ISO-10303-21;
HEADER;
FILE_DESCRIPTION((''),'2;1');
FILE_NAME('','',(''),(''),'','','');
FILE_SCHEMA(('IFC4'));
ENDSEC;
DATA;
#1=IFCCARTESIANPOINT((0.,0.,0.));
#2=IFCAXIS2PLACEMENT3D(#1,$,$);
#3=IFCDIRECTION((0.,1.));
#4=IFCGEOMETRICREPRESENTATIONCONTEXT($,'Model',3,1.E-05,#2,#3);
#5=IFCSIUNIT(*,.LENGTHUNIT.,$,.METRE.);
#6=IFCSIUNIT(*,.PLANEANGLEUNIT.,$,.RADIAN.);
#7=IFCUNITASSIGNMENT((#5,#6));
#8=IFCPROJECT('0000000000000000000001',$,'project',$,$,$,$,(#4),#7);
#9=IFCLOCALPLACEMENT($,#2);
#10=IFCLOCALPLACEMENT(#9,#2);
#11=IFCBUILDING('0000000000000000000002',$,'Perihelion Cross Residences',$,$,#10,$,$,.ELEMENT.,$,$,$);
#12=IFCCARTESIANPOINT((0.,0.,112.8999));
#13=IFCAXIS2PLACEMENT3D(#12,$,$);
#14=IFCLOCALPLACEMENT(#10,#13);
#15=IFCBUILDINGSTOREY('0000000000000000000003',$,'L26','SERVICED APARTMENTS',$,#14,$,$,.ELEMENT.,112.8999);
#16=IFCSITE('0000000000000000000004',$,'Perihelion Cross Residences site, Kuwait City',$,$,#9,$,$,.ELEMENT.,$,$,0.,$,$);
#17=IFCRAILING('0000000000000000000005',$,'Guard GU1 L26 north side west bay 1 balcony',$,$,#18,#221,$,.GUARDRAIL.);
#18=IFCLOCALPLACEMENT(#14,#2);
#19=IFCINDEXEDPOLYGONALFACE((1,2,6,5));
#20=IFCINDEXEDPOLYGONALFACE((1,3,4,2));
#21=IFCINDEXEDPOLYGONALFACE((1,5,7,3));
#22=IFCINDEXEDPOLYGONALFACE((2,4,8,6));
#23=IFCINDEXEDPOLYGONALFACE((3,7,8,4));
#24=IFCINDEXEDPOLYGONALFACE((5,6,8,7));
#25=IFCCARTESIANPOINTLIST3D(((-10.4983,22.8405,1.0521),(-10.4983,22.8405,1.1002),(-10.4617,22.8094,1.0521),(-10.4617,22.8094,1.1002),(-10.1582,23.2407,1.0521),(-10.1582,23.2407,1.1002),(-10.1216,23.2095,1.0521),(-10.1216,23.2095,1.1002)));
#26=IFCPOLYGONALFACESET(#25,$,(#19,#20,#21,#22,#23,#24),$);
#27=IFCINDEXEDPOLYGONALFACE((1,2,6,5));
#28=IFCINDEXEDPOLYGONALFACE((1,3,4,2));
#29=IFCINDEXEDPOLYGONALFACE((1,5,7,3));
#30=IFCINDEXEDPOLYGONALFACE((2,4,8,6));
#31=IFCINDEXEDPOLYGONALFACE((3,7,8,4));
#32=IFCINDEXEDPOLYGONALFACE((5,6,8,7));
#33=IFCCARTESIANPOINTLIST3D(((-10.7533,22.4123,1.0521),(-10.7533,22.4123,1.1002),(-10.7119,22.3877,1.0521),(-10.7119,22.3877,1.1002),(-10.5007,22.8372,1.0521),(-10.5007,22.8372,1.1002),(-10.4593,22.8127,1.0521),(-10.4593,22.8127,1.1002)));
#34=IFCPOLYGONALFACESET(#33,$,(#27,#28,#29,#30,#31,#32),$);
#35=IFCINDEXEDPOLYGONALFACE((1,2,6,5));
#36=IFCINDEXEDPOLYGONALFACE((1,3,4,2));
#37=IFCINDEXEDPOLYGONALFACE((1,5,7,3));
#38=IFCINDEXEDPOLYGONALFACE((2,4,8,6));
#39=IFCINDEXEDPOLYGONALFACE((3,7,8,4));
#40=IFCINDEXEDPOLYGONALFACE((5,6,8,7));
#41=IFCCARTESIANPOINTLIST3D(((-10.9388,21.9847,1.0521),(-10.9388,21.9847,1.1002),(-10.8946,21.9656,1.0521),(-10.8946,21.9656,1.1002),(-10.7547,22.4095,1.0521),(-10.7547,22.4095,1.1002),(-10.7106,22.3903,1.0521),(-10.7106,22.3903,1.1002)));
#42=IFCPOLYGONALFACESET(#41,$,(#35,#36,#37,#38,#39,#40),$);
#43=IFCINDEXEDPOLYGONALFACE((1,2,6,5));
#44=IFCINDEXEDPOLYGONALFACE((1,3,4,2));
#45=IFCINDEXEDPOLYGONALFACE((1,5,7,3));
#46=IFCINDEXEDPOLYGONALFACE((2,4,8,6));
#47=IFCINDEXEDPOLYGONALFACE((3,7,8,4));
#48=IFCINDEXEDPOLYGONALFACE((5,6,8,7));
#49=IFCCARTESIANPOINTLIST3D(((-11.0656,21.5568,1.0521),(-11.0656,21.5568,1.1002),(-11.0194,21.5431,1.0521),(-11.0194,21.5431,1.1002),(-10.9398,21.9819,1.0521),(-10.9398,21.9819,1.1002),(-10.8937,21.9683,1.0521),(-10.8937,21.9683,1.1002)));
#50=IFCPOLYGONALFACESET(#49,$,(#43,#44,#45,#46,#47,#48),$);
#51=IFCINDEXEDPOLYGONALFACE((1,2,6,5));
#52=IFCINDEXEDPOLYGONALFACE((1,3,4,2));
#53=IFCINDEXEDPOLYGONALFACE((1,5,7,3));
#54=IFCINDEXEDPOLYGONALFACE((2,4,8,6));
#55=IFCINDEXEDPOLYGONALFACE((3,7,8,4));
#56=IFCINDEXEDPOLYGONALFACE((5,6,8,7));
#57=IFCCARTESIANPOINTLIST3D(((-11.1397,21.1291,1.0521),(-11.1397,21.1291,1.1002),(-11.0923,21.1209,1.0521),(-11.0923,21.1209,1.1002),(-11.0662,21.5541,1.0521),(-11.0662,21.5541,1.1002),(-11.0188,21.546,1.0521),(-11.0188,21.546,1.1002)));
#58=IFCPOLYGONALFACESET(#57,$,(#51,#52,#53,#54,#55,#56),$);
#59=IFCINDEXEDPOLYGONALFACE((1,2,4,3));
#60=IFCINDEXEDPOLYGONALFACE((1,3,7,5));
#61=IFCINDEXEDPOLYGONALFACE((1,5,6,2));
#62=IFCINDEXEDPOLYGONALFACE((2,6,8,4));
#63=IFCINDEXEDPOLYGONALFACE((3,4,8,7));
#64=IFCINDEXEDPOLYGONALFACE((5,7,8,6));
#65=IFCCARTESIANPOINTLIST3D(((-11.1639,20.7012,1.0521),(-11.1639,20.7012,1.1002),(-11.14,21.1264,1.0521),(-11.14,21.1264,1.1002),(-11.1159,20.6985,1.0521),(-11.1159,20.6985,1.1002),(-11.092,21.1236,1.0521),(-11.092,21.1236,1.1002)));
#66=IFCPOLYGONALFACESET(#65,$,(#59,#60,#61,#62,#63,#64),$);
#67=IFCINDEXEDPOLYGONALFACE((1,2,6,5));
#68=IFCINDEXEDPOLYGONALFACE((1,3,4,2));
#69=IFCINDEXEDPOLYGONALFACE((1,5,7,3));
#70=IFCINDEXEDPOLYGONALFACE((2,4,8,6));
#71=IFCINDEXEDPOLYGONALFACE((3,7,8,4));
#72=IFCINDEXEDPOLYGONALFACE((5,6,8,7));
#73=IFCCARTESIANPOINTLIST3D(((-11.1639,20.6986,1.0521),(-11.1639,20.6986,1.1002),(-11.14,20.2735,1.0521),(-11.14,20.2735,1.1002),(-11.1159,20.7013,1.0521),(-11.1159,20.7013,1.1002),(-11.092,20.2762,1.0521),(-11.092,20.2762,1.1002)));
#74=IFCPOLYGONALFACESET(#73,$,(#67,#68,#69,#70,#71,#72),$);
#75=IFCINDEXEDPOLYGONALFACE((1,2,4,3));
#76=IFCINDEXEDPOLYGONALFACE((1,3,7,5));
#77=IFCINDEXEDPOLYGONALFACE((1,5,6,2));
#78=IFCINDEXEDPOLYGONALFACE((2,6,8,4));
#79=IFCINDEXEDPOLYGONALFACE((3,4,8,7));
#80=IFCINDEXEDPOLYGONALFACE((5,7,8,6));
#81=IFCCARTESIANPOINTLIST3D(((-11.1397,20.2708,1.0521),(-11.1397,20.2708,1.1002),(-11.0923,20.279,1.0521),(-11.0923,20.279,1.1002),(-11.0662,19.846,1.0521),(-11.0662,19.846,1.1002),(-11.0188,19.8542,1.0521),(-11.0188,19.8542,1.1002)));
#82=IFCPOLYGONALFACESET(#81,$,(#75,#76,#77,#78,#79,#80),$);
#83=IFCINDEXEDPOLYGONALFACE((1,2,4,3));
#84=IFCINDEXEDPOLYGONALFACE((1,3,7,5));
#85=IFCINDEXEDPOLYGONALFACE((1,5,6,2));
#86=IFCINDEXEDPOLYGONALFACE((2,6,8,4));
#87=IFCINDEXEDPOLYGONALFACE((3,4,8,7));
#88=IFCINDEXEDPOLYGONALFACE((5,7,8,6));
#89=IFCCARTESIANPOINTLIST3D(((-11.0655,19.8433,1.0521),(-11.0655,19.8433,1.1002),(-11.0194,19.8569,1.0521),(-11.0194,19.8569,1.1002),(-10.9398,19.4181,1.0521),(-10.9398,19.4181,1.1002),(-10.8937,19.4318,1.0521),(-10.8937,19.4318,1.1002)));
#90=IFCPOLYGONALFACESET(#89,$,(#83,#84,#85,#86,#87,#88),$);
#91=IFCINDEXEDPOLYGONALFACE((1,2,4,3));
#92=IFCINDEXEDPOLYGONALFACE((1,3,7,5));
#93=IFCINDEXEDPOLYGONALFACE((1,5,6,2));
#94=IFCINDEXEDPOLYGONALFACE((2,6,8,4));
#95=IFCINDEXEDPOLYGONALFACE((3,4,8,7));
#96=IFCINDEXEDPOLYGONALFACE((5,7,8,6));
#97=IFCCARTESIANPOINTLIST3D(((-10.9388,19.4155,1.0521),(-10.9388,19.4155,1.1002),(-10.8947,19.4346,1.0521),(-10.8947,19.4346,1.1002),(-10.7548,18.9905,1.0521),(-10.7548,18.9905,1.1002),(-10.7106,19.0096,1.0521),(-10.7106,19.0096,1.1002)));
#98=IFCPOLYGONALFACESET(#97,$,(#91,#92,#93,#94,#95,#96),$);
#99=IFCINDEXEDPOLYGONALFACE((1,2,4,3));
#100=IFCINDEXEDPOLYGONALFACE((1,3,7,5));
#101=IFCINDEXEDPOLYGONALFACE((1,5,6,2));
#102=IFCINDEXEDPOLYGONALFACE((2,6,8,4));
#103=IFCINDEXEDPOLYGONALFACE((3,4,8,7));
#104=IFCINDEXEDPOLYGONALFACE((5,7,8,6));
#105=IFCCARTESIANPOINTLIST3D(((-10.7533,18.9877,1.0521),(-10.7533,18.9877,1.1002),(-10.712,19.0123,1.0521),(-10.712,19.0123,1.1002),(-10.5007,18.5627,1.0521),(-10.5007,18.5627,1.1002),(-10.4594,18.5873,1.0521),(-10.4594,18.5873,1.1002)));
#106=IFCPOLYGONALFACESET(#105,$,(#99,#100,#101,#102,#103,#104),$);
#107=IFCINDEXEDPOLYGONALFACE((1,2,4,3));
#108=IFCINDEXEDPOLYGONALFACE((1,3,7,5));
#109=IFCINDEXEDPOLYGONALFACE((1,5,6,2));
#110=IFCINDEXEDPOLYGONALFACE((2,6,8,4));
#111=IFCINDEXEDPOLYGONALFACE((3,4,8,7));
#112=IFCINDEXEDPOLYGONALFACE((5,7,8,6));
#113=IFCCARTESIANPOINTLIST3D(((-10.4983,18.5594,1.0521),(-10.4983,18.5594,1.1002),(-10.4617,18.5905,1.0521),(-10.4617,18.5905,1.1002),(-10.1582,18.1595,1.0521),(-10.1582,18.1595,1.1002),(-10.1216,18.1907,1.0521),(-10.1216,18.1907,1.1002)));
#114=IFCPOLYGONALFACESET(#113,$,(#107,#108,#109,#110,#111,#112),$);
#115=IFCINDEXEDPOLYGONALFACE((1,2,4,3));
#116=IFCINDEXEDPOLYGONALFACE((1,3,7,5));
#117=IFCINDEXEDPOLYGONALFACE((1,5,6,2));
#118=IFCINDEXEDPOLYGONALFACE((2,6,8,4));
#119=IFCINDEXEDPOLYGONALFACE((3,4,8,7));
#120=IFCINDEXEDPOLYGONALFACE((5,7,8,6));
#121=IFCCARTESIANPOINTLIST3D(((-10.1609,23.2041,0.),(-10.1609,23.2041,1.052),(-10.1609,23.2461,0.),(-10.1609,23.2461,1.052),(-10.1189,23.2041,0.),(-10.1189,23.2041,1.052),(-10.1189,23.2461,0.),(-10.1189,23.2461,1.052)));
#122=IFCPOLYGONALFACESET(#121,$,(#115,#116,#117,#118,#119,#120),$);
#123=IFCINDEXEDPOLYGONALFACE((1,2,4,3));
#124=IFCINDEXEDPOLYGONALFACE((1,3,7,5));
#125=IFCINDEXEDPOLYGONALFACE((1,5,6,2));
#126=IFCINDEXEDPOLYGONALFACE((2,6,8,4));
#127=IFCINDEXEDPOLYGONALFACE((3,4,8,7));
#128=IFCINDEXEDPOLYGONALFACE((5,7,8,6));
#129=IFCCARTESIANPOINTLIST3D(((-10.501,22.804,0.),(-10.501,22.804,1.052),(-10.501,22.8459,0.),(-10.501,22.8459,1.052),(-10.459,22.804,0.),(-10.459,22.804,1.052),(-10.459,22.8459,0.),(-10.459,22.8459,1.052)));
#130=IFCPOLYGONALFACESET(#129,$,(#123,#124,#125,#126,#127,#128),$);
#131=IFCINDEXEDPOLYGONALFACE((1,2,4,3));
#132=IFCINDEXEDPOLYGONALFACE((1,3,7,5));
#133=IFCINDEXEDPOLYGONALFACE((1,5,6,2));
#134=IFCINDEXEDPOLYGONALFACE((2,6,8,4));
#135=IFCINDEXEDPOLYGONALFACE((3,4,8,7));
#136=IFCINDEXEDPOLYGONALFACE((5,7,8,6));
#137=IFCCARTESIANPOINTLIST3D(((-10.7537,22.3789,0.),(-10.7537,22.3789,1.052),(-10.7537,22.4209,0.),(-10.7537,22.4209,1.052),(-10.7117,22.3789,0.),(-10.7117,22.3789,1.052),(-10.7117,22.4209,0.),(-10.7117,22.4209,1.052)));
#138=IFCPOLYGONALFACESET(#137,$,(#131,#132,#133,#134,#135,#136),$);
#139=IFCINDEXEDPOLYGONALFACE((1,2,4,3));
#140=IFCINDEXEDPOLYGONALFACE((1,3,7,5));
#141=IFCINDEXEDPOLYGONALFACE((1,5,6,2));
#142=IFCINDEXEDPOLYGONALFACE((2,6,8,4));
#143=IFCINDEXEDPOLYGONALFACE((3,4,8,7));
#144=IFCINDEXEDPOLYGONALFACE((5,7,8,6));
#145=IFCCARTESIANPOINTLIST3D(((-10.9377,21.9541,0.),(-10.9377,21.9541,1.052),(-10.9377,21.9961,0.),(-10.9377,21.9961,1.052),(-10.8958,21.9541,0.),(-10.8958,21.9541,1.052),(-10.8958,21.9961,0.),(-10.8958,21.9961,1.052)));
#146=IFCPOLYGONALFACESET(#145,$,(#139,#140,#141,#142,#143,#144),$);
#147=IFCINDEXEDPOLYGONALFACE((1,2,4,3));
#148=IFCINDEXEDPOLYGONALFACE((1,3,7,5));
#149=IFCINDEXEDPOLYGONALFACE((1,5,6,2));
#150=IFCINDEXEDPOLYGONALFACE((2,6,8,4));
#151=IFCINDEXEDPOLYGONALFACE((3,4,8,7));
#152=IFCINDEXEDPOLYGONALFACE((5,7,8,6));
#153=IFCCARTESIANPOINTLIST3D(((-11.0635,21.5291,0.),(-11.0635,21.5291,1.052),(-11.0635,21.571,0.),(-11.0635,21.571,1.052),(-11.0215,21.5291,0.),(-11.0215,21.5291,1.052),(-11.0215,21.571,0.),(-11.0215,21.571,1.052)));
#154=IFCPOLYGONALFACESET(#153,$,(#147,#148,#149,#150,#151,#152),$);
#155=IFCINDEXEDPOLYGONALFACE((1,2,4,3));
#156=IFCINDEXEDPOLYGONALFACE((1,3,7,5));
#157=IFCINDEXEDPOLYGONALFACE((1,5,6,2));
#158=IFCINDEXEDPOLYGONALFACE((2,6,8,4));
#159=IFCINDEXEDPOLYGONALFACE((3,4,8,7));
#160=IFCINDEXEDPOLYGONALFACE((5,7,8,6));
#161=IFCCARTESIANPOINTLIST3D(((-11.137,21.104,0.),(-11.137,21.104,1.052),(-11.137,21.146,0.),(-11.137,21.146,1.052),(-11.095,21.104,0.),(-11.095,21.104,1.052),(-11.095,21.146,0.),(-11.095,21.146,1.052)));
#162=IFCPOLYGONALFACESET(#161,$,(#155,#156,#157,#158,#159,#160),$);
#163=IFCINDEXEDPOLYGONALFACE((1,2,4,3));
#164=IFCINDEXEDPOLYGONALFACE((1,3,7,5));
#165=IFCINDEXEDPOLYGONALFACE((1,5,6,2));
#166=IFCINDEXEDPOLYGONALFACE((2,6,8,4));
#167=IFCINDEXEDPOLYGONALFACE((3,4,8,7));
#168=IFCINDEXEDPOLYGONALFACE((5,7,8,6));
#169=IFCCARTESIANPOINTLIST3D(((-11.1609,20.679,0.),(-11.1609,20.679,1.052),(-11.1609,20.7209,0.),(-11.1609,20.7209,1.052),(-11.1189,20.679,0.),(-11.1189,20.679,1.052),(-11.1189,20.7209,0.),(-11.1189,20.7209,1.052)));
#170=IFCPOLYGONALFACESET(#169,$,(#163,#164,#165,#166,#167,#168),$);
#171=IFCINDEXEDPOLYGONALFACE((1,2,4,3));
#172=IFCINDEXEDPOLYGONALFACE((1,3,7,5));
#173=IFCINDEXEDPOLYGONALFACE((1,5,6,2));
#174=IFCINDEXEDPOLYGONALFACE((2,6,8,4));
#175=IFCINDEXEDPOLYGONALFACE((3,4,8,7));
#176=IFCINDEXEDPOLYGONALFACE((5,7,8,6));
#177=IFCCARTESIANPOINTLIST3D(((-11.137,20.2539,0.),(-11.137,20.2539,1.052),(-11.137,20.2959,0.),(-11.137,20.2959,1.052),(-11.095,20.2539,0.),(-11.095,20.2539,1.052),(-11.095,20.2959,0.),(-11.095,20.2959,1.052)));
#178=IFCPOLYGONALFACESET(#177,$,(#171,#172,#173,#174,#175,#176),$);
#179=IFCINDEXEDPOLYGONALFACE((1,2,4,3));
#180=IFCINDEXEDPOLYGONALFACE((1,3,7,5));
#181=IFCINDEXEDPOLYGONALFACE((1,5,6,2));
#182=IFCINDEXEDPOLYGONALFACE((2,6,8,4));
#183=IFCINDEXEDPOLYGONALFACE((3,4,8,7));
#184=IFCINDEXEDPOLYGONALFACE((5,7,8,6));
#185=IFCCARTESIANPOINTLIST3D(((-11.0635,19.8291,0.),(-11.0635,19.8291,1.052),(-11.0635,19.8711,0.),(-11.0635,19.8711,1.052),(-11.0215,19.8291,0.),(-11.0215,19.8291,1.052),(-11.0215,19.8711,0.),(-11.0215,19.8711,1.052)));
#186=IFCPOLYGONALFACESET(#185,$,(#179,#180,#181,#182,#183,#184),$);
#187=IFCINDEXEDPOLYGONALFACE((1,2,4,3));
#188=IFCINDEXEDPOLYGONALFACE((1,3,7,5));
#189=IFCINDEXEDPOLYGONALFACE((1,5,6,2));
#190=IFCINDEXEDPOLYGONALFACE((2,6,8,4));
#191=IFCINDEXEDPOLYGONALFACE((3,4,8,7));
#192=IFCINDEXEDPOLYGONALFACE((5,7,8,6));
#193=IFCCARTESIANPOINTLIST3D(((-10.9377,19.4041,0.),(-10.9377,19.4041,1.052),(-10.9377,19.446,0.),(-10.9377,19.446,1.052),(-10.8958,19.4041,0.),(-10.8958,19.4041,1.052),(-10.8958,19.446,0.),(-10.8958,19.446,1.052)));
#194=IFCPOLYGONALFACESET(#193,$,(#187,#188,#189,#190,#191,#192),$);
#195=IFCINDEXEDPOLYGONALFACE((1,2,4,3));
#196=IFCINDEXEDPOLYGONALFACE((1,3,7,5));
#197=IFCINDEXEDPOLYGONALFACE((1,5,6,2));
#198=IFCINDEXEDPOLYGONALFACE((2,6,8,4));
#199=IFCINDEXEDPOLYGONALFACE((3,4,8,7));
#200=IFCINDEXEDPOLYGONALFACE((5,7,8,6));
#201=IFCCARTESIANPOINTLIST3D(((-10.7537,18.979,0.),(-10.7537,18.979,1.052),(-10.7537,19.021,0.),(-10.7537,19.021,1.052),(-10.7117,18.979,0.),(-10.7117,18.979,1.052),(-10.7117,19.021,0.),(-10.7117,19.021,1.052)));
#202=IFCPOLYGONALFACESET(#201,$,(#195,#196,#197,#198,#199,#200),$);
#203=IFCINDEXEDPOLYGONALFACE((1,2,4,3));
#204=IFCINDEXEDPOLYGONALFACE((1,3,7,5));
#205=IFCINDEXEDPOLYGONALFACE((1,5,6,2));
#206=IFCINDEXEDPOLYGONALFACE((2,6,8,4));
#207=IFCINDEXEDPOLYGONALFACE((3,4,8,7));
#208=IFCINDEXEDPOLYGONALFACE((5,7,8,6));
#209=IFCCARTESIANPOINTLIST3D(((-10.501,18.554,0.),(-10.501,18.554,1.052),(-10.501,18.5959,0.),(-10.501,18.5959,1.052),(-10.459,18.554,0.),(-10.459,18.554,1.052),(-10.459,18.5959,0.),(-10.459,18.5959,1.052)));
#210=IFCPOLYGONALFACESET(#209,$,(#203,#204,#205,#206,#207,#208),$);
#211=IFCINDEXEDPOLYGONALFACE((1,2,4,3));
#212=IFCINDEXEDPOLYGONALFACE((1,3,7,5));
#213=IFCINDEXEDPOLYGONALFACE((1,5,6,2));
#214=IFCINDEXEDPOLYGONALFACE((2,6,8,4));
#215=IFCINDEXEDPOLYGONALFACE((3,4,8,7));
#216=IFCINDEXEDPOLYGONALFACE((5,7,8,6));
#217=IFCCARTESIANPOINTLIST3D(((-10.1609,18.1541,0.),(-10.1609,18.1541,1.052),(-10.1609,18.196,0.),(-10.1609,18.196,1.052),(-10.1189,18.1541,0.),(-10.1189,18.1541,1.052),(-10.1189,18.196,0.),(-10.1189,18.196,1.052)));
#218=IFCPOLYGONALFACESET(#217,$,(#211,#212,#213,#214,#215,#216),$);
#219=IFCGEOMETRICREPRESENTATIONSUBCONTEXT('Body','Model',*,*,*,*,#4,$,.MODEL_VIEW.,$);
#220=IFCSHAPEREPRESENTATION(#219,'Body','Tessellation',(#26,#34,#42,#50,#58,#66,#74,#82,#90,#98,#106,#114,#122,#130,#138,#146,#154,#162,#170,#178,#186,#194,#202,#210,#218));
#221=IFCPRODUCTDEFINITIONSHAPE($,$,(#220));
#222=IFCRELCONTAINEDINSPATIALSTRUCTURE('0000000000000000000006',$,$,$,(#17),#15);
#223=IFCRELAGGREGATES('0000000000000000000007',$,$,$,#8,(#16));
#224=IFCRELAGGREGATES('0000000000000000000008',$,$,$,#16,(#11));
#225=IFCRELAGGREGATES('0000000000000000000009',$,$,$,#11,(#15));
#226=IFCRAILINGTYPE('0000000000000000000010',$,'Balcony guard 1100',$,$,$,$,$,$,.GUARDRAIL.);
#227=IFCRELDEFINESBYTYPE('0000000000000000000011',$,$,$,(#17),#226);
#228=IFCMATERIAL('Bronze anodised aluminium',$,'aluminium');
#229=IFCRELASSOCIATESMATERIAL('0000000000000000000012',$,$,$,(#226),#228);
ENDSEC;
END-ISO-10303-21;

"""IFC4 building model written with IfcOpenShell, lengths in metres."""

from ifc_helpers import new_model, si_unit, direction, frame, origin, origin_2d, place, context, subcontext, project, spatial, rectangle, extrude, material, type_object, element, save


model = new_model("IFC4")

# Units and contexts
model_context = context("Model", 3, precision=1e-05, world=origin(), true_north=direction((0.0, 1.0)))
body_context = subcontext(model_context, "Body", "Model", "MODEL_VIEW")
ifc_project = project(units=[si_unit("LENGTHUNIT", "METRE"), si_unit("PLANEANGLEUNIT", "RADIAN")], contexts=[model_context])

# Site, building, storey
site_placement = place(None, origin())
site = spatial("IfcSite", under=ifc_project, at=site_placement, Name="Perihelion Cross Residences site, Kuwait City", CompositionType="ELEMENT", RefElevation=0.0)
building_placement = place(site_placement, origin())
building = spatial("IfcBuilding", under=site, at=building_placement, Name="Perihelion Cross Residences", CompositionType="ELEMENT")
storey_placement = place(building_placement, frame((0.0, 0.0, 112.8999)))
storey = spatial("IfcBuildingStorey", under=building, at=storey_placement, Name="L26", Description="SERVICED APARTMENTS", CompositionType="ELEMENT", Elevation=112.8999)

# Railing
ifc_material_1 = material(Name="Bronze anodised aluminium", Category="aluminium")
railing_type = type_object("IfcRailingType", Name="Balcony guard 1100", PredefinedType="GUARDRAIL", material=ifc_material_1)
railing_1_placement = place(storey_placement, frame((-10.1399, 23.2251, 0.0)))
element("IfcRailing", 1, at=railing_1_placement, inside=storey, type_object=railing_type, Name="Guard GU1 L26 north side west bay 1 balcony", PredefinedType="GUARDRAIL", context=body_context, shape_type="SweptSolid", body=[
    extrude(rectangle(XDim=0.0481, YDim=0.0481, at=origin_2d()), frame((0.0, 0.0, 1.0762), z_axis=(-0.647608, -0.761974, 0.0), x_axis=(0.761974, -0.647608, 0.0)), (0.0, 0.0, 1.0), 0.5251),
    extrude(rectangle(XDim=0.0481, YDim=0.0481, at=origin_2d()), frame((-0.3401, -0.4001, 1.0762), z_axis=(-0.511006, -0.859577, 0.0), x_axis=(0.859577, -0.511006, 0.0)), (0.0, 0.0, 1.0), 0.4944),
    extrude(rectangle(XDim=0.0481, YDim=0.0481, at=origin_2d()), frame((-0.5928, -0.8252, 1.0762), z_axis=(-0.397607, -0.917556, 0.0), x_axis=(0.917556, -0.397607, 0.0)), (0.0, 0.0, 1.0), 0.4629),
    extrude(rectangle(XDim=0.0481, YDim=0.0481, at=origin_2d()), frame((-0.7769, -1.25, 1.0762), z_axis=(-0.283657, -0.958926, 0.0), x_axis=(0.958926, -0.283657, 0.0)), (0.0, 0.0, 1.0), 0.4434),
    extrude(rectangle(XDim=0.0481, YDim=0.0481, at=origin_2d()), frame((-0.9026, -1.675, 1.0762), z_axis=(-0.170362, -0.985382, 0.0), x_axis=(0.985382, -0.170362, 0.0)), (0.0, 0.0, 1.0), 0.4314),
    extrude(rectangle(XDim=0.0481, YDim=0.0481, at=origin_2d()), frame((-0.9761, -2.1001, 1.0762), z_axis=(-0.056201, -0.99842, 0.0), x_axis=(0.99842, -0.056201, 0.0)), (0.0, 0.0, 1.0), 0.4258),
    extrude(rectangle(XDim=0.0481, YDim=0.0481, at=origin_2d()), frame((-1.0, -2.5251, 1.0762), z_axis=(0.056201, -0.99842, 0.0), x_axis=(0.99842, 0.056201, 0.0)), (0.0, 0.0, 1.0), 0.4258),
    extrude(rectangle(XDim=0.0481, YDim=0.0481, at=origin_2d()), frame((-0.9761, -2.9502, 1.0762), z_axis=(0.170457, -0.985365, 0.0), x_axis=(0.985365, 0.170457, 0.0)), (0.0, 0.0, 1.0), 0.4312),
    extrude(rectangle(XDim=0.0481, YDim=0.0481, at=origin_2d()), frame((-0.9026, -3.375, 1.0762), z_axis=(0.283657, -0.958926, 0.0), x_axis=(0.958926, 0.283657, 0.0)), (0.0, 0.0, 1.0), 0.4434),
    extrude(rectangle(XDim=0.0481, YDim=0.0481, at=origin_2d()), frame((-0.7769, -3.8, 1.0762), z_axis=(0.397415, -0.917639, 0.0), x_axis=(0.917639, 0.397415, 0.0)), (0.0, 0.0, 1.0), 0.4631),
    extrude(rectangle(XDim=0.0481, YDim=0.0481, at=origin_2d()), frame((-0.5928, -4.2251, 1.0762), z_axis=(0.511006, -0.859577, 0.0), x_axis=(0.859577, 0.511006, 0.0)), (0.0, 0.0, 1.0), 0.4944),
    extrude(rectangle(XDim=0.0481, YDim=0.0481, at=origin_2d()), frame((-0.3401, -4.6501, 1.0762), z_axis=(0.647837, -0.761779, 0.0), x_axis=(0.761779, 0.647837, 0.0)), (0.0, 0.0, 1.0), 0.5249),
    extrude(rectangle(XDim=0.042, YDim=0.042, at=origin_2d()), origin(), (0.0, 0.0, 1.0), 1.052),
    extrude(rectangle(XDim=0.042, YDim=0.042, at=origin_2d()), frame((-0.3401, -0.4001, 0.0)), (0.0, 0.0, 1.0), 1.052),
    extrude(rectangle(XDim=0.042, YDim=0.042, at=origin_2d()), frame((-0.5928, -0.8252, 0.0)), (0.0, 0.0, 1.0), 1.052),
    extrude(rectangle(XDim=0.042, YDim=0.042, at=origin_2d()), frame((-0.7769, -1.25, 0.0)), (0.0, 0.0, 1.0), 1.052),
    extrude(rectangle(XDim=0.042, YDim=0.042, at=origin_2d()), frame((-0.9026, -1.675, 0.0)), (0.0, 0.0, 1.0), 1.052),
    extrude(rectangle(XDim=0.042, YDim=0.042, at=origin_2d()), frame((-0.9761, -2.1001, 0.0)), (0.0, 0.0, 1.0), 1.052),
    extrude(rectangle(XDim=0.042, YDim=0.042, at=origin_2d()), frame((-1.0, -2.5251, 0.0)), (0.0, 0.0, 1.0), 1.052),
    extrude(rectangle(XDim=0.042, YDim=0.042, at=origin_2d()), frame((-0.9761, -2.9502, 0.0)), (0.0, 0.0, 1.0), 1.052),
    extrude(rectangle(XDim=0.042, YDim=0.042, at=origin_2d()), frame((-0.9026, -3.375, 0.0)), (0.0, 0.0, 1.0), 1.052),
    extrude(rectangle(XDim=0.042, YDim=0.042, at=origin_2d()), frame((-0.7769, -3.8, 0.0)), (0.0, 0.0, 1.0), 1.052),
    extrude(rectangle(XDim=0.042, YDim=0.042, at=origin_2d()), frame((-0.5928, -4.2251, 0.0)), (0.0, 0.0, 1.0), 1.052),
    extrude(rectangle(XDim=0.042, YDim=0.042, at=origin_2d()), frame((-0.3401, -4.6501, 0.0)), (0.0, 0.0, 1.0), 1.052),
    extrude(rectangle(XDim=0.042, YDim=0.042, at=origin_2d()), frame((0.0, -5.05, 0.0)), (0.0, 0.0, 1.0), 1.052),
])

save(model, "model.ifc")
